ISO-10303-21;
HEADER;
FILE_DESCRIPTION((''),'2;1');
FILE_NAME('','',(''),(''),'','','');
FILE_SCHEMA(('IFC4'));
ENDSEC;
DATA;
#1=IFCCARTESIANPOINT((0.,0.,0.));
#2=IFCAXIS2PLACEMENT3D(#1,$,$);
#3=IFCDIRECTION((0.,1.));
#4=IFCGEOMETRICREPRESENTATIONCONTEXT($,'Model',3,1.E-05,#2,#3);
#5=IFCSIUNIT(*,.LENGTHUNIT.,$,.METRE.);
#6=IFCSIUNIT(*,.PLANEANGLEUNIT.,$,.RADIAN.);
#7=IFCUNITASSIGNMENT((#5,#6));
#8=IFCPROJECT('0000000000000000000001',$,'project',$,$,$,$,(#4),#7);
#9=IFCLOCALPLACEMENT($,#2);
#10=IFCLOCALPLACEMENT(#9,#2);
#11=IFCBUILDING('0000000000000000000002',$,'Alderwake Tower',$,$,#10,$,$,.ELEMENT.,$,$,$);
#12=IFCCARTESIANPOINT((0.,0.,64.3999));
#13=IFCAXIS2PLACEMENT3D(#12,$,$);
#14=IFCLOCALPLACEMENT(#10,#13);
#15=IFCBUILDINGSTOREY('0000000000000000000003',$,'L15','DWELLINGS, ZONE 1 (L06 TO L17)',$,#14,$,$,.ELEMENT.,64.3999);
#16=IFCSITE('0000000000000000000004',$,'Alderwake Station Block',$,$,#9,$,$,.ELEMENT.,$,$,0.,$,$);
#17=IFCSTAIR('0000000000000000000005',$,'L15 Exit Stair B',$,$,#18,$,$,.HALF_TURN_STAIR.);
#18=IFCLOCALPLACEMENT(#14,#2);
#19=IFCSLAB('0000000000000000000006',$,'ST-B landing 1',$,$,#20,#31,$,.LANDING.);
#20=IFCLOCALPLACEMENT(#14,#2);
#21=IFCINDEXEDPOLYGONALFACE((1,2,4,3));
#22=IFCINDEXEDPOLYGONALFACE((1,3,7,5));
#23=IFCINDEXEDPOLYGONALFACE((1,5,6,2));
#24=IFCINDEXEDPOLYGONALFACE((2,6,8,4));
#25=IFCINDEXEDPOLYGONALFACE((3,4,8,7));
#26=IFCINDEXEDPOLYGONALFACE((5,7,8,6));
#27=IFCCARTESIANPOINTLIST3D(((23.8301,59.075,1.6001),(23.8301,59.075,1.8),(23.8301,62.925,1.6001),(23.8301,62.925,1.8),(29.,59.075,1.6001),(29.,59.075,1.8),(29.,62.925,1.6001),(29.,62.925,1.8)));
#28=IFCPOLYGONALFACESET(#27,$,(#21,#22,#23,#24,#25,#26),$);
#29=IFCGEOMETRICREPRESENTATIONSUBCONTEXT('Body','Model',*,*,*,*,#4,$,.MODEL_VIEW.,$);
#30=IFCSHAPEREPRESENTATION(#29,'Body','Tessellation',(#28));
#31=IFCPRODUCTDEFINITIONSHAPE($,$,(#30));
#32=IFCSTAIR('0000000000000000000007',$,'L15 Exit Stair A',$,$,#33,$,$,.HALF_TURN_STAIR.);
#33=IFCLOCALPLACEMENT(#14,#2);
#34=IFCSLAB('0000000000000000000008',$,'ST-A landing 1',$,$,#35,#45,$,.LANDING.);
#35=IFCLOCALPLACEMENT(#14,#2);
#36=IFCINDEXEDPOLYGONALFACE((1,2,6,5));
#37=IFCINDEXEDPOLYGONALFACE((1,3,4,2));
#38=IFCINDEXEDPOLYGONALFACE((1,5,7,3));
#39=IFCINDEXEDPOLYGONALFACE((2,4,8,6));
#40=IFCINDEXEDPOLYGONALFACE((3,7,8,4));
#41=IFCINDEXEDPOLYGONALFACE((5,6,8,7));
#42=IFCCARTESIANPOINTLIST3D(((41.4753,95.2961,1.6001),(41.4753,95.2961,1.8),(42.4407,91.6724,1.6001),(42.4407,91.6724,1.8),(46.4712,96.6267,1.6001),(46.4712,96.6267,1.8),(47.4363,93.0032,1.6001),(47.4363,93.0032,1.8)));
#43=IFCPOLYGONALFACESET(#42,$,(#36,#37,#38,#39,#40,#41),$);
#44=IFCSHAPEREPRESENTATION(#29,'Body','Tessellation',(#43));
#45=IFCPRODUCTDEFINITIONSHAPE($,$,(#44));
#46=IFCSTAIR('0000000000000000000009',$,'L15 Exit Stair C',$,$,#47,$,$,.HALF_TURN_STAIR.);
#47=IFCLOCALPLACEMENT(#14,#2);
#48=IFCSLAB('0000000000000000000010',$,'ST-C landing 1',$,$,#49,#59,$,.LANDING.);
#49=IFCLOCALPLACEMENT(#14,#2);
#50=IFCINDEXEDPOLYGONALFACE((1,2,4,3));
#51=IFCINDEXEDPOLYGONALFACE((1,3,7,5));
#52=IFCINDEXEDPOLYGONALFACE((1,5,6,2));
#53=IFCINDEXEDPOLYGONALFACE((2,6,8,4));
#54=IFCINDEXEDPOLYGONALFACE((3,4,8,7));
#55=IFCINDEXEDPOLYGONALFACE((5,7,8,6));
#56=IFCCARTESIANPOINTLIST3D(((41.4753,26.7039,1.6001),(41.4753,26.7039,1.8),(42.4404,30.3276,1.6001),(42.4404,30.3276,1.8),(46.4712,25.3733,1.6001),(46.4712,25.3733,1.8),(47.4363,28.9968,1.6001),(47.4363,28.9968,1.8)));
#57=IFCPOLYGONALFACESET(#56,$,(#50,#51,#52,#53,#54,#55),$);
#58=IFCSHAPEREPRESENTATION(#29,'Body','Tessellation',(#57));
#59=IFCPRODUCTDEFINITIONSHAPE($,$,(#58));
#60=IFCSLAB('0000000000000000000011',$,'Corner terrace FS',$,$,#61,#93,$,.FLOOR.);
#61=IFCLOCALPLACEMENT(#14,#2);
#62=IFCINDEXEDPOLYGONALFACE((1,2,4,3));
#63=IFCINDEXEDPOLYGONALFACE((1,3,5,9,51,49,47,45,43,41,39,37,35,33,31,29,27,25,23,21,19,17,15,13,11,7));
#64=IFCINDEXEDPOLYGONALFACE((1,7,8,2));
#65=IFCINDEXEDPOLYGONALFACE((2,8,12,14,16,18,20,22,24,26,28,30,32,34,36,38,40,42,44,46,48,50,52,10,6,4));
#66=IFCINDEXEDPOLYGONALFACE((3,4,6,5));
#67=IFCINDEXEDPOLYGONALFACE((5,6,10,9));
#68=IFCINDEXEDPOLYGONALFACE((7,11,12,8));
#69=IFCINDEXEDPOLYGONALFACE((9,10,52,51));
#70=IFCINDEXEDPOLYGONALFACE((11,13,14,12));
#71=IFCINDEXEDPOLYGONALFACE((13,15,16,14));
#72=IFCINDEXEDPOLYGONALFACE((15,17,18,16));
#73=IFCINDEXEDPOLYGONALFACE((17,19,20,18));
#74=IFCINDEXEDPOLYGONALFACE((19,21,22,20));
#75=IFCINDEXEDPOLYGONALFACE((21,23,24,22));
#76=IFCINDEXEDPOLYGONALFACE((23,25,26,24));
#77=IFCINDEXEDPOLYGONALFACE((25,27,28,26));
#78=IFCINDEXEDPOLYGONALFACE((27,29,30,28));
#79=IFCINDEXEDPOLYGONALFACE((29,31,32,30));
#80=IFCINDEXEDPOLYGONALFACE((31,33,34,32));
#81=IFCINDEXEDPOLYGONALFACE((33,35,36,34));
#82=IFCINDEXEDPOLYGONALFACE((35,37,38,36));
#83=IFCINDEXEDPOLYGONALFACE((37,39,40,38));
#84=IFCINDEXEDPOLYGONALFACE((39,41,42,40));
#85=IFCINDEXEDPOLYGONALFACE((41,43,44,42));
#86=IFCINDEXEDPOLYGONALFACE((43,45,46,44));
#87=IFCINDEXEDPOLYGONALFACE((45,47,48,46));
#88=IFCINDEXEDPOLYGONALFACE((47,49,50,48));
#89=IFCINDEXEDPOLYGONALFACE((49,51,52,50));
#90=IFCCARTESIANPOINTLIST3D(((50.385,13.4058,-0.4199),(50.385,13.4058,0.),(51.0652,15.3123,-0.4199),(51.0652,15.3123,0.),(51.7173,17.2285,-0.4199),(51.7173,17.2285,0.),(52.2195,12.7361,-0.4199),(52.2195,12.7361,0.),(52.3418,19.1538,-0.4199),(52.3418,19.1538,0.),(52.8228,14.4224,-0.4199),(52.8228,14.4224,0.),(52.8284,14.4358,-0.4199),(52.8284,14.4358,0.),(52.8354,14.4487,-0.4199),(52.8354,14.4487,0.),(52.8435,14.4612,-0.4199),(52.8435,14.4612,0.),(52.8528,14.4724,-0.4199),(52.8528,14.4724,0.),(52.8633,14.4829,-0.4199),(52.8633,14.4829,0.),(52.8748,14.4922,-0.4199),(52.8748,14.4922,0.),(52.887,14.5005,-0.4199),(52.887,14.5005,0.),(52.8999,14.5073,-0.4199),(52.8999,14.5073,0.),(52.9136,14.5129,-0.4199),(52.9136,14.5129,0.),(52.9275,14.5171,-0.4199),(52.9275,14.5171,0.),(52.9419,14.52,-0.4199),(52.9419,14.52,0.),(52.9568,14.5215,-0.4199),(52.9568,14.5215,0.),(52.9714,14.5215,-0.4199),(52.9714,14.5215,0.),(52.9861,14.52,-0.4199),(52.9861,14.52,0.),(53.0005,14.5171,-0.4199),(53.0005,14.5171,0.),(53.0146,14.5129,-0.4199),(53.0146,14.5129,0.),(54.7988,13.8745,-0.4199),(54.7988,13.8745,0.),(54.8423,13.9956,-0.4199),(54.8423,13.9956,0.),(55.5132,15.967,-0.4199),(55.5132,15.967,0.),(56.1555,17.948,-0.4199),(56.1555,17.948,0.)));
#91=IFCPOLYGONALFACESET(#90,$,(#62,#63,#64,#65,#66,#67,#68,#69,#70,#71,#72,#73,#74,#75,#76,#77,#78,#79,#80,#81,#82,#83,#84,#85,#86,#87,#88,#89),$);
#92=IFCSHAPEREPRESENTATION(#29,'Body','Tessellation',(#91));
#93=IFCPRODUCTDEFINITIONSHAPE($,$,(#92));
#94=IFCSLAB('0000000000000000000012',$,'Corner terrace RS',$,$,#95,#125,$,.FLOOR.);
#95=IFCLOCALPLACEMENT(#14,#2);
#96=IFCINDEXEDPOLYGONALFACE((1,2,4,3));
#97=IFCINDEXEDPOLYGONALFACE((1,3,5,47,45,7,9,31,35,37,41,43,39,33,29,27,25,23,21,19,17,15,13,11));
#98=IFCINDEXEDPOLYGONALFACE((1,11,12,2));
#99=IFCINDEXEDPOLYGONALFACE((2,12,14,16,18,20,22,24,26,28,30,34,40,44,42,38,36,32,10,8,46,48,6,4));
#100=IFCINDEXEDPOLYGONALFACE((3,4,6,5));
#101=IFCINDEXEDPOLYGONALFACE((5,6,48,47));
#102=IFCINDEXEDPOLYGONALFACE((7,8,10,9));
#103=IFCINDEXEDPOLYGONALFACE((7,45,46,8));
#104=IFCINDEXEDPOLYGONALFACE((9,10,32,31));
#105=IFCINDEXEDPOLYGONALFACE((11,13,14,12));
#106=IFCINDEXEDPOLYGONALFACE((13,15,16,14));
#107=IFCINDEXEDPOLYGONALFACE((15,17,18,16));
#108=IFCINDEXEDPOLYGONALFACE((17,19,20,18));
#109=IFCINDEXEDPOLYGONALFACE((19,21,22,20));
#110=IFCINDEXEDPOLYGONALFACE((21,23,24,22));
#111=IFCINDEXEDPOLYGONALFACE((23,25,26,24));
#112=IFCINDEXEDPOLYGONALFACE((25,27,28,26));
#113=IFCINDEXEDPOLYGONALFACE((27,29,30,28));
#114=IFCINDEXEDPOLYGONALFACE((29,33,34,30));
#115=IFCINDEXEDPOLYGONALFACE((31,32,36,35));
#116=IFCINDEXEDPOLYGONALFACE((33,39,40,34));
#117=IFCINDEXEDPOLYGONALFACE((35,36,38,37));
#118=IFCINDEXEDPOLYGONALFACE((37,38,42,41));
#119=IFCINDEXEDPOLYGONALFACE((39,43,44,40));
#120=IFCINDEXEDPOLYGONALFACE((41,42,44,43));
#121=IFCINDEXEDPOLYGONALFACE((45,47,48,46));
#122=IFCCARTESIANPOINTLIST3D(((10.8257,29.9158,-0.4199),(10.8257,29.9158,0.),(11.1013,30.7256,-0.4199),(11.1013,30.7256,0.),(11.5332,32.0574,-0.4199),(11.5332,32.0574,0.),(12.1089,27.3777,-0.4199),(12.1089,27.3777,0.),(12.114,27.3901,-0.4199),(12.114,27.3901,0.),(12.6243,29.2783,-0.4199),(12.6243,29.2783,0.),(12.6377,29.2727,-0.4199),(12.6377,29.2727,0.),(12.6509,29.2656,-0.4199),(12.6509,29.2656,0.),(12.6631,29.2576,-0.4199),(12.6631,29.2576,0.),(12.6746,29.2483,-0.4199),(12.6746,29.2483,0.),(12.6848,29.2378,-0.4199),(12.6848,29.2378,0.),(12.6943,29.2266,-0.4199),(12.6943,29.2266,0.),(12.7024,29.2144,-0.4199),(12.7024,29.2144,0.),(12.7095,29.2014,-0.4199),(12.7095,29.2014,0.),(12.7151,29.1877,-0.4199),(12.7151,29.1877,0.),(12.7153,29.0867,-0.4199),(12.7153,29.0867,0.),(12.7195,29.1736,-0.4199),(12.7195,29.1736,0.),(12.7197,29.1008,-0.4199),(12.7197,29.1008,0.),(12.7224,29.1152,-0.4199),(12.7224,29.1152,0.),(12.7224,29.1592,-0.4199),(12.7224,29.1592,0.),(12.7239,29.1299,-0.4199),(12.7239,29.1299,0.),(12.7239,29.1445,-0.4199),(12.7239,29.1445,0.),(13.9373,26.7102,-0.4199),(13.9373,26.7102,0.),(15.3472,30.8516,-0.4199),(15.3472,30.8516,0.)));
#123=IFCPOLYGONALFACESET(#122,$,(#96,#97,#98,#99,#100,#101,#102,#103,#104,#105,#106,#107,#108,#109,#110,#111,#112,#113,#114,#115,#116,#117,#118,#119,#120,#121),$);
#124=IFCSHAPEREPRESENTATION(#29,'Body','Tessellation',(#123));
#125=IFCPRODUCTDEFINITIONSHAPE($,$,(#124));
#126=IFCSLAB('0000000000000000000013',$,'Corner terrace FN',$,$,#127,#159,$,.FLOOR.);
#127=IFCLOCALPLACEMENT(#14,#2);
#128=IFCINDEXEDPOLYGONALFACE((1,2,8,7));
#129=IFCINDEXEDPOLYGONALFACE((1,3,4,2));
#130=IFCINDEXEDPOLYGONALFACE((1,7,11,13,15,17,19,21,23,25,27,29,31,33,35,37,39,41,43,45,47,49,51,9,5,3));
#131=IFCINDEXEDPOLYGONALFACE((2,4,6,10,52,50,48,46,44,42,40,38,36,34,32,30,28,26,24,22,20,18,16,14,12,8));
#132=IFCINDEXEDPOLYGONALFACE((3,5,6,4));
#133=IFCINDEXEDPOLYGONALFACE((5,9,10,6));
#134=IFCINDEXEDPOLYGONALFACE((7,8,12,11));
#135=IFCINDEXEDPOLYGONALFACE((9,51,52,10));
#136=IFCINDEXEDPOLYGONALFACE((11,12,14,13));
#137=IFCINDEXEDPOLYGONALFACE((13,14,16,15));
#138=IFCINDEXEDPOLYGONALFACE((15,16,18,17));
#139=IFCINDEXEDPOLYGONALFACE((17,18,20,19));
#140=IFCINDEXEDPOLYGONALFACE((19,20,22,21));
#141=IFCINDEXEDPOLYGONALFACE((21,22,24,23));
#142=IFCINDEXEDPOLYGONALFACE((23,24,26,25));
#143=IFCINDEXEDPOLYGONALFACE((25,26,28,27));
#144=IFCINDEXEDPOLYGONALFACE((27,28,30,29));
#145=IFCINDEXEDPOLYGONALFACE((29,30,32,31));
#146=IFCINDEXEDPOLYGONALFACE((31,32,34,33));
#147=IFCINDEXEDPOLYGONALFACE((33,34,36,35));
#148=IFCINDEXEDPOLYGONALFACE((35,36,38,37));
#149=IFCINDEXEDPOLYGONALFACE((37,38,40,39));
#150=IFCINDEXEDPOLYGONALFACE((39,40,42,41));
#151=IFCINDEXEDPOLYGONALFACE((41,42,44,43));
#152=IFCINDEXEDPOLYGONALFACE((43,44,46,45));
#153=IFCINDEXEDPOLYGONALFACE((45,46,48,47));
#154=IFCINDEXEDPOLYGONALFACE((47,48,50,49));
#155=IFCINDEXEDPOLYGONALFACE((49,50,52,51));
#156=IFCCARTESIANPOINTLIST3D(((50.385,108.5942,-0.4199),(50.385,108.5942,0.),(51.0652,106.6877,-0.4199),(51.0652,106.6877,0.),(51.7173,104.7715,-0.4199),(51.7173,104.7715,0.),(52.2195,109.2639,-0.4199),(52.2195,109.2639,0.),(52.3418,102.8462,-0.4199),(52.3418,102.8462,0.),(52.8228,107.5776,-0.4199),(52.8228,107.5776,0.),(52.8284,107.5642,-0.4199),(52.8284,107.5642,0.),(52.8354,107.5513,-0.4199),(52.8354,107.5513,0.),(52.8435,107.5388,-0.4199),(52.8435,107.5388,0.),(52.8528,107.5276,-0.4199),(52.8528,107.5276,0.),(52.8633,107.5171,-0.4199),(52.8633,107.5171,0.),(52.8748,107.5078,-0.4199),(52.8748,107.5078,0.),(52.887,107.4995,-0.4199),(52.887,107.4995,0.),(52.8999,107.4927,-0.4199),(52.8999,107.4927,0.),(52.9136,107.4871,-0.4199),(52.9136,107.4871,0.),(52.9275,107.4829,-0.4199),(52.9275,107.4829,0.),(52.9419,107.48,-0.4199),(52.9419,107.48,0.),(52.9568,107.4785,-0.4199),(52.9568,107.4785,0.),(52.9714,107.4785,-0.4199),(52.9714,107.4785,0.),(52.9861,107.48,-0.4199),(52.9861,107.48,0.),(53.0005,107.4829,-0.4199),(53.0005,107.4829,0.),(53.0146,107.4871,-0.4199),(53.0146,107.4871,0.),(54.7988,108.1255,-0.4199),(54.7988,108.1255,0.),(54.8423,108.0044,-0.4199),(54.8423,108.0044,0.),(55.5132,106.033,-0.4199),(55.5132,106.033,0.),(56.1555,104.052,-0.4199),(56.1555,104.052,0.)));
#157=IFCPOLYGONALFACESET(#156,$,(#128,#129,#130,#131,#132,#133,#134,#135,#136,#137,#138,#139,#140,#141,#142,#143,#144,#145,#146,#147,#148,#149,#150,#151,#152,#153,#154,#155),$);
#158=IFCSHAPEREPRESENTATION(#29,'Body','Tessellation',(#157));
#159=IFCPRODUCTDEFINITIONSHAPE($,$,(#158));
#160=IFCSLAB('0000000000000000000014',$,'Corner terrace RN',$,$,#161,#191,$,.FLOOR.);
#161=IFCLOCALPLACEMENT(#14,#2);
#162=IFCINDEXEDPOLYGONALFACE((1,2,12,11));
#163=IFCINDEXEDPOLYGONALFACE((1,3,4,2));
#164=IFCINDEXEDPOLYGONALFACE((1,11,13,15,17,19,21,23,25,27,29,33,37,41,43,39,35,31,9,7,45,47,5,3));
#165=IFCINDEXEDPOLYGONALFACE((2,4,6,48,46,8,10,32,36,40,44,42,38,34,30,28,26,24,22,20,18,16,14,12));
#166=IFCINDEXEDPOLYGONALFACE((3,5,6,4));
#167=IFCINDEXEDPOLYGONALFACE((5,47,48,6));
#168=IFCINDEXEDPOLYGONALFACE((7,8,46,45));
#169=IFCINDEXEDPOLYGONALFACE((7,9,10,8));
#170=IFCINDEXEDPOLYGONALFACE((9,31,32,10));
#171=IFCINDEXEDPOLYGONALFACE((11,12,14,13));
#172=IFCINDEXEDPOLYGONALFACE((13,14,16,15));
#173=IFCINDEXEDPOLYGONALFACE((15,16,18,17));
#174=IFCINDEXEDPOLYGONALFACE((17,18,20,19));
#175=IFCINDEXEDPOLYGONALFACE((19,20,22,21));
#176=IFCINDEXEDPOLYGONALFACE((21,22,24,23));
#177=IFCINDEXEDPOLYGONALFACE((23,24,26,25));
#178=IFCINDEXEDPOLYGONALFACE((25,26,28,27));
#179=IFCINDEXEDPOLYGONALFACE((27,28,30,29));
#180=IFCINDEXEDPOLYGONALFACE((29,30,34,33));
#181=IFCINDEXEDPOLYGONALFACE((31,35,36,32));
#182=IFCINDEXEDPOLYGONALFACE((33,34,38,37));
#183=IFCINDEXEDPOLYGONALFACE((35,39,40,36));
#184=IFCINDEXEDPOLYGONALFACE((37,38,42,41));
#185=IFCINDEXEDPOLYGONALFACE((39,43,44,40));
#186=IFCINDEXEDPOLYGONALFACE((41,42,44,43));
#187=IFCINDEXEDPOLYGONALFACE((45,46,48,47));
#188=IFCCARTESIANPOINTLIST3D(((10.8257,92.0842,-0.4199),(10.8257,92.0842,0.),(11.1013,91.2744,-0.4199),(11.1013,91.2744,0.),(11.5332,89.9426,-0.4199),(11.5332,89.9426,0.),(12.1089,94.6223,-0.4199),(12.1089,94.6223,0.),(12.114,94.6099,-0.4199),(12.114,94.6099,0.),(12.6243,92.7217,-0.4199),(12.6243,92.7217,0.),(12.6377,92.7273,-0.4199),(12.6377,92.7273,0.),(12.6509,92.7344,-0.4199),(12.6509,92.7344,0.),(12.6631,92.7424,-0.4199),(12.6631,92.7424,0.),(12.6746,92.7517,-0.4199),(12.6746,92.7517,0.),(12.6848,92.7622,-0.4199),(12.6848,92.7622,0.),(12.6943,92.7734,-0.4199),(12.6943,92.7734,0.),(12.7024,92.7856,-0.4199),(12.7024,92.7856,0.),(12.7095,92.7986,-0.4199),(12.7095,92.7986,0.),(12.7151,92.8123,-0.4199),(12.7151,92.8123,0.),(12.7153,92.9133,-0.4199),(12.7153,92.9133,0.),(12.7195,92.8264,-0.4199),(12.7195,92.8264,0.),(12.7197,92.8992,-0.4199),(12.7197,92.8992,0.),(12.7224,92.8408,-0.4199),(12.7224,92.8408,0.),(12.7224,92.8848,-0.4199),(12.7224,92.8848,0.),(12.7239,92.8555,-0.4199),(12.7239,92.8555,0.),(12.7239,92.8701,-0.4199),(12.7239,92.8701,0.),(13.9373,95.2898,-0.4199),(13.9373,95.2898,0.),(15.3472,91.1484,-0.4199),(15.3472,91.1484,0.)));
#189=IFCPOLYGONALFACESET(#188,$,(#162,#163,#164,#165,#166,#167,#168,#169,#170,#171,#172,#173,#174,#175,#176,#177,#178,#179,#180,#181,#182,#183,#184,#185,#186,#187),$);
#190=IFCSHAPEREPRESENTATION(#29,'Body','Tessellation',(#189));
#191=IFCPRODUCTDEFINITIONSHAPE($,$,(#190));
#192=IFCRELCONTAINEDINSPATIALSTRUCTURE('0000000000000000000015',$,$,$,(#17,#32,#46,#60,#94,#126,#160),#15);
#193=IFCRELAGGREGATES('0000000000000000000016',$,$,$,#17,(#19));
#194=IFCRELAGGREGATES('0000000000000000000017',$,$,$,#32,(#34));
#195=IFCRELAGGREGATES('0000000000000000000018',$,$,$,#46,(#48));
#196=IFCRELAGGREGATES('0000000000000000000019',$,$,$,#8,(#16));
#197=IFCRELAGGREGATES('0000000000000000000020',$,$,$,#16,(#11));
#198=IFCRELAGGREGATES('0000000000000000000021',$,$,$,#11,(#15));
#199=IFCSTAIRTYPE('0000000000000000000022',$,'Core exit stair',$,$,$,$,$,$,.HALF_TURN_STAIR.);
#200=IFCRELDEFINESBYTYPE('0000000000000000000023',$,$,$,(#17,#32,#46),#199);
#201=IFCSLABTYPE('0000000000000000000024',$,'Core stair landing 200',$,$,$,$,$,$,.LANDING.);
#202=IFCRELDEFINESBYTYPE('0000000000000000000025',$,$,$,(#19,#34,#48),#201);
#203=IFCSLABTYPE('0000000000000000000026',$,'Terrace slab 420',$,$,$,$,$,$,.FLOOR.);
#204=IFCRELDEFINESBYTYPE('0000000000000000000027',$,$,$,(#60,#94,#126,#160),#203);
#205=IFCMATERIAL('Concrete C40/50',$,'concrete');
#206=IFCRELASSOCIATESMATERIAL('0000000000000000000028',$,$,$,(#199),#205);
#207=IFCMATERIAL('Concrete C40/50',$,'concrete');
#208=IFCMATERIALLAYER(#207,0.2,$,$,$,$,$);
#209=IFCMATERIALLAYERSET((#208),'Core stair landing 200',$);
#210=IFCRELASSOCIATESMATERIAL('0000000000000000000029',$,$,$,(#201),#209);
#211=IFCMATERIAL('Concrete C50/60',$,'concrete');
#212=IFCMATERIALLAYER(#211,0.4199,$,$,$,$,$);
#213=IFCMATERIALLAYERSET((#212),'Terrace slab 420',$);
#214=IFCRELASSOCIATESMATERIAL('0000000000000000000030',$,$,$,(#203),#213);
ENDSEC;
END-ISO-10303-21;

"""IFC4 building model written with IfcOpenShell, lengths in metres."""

from ifc_helpers import new_model, si_unit, direction, frame, origin, place, context, subcontext, project, spatial, polyline, outline, extrude, material, layer, layer_set, type_object, element, aggregate, save


model = new_model("IFC4")

# Units and contexts
model_context = context("Model", 3, precision=1e-05, world=origin(), true_north=direction((0.0, 1.0)))
body_context = subcontext(model_context, "Body", "Model", "MODEL_VIEW")
ifc_project = project(units=[si_unit("LENGTHUNIT", "METRE"), si_unit("PLANEANGLEUNIT", "RADIAN")], contexts=[model_context])

# Site, building, storey
site_placement = place(None, origin())
site = spatial("IfcSite", under=ifc_project, at=site_placement, Name="Alderwake Station Block", CompositionType="ELEMENT", RefElevation=0.0)
building_placement = place(site_placement, origin())
building = spatial("IfcBuilding", under=site, at=building_placement, Name="Alderwake Tower", CompositionType="ELEMENT")
storey_placement = place(building_placement, frame((0.0, 0.0, 64.3999)))
storey = spatial("IfcBuildingStorey", under=building, at=storey_placement, Name="L15", Description="DWELLINGS, ZONE 1 (L06 TO L17)", CompositionType="ELEMENT", Elevation=64.3999)

# Stairs, slabs
ifc_material_1 = material(Name="Concrete C40/50", Category="concrete")
stair_type = type_object("IfcStairType", Name="Core exit stair", PredefinedType="HALF_TURN_STAIR", material=ifc_material_1)
stair_1_placement = place(storey_placement, origin())
stair_1 = element("IfcStair", 1, at=stair_1_placement, inside=storey, type_object=stair_type, Name="L15 Exit Stair B", PredefinedType="HALF_TURN_STAIR")
ifc_material_2 = material(Name="Concrete C40/50", Category="concrete")
ifc_layer_1 = layer(ifc_material_2, 0.2)
ifc_layer_set_1 = layer_set([ifc_layer_1], Name="Core stair landing 200")
slab_type_1 = type_object("IfcSlabType", Name="Core stair landing 200", PredefinedType="LANDING", material=ifc_layer_set_1)
slab_1_placement = place(storey_placement, frame((0.0, 0.0, 1.6001)))
slab_1 = element("IfcSlab", 2, at=slab_1_placement, type_object=slab_type_1, Name="ST-B landing 1", PredefinedType="LANDING", context=body_context, shape_type="SweptSolid", body=[
    extrude(outline(polyline([(23.8301, 59.075), (29.0, 59.075), (29.0, 62.925), (23.8301, 62.925), (23.8301, 59.075)])), origin(), (0.0, 0.0, 1.0), 0.2),
])
aggregate(stair_1, [slab_1])
stair_2_placement = place(storey_placement, origin())
stair_2 = element("IfcStair", 3, at=stair_2_placement, inside=storey, type_object=stair_type, Name="L15 Exit Stair A", PredefinedType="HALF_TURN_STAIR")
slab_2_placement = place(storey_placement, frame((0.0, 0.0, 1.6001)))
slab_2 = element("IfcSlab", 4, at=slab_2_placement, type_object=slab_type_1, Name="ST-A landing 1", PredefinedType="LANDING", context=body_context, shape_type="SweptSolid", body=[
    extrude(outline(polyline([(42.4407, 91.6724), (47.4363, 93.0032), (46.4712, 96.6267), (41.4753, 95.2961), (42.4407, 91.6724)])), origin(), (0.0, 0.0, 1.0), 0.2),
])
aggregate(stair_2, [slab_2])
stair_3_placement = place(storey_placement, origin())
stair_3 = element("IfcStair", 5, at=stair_3_placement, inside=storey, type_object=stair_type, Name="L15 Exit Stair C", PredefinedType="HALF_TURN_STAIR")
slab_3_placement = place(storey_placement, frame((0.0, 0.0, 1.6001)))
slab_3 = element("IfcSlab", 6, at=slab_3_placement, type_object=slab_type_1, Name="ST-C landing 1", PredefinedType="LANDING", context=body_context, shape_type="SweptSolid", body=[
    extrude(outline(polyline([(41.4753, 26.7039), (46.4712, 25.3733), (47.4363, 28.9968), (42.4404, 30.3276), (41.4753, 26.7039)])), origin(), (0.0, 0.0, 1.0), 0.2),
])
aggregate(stair_3, [slab_3])

# Slabs
ifc_material_3 = material(Name="Concrete C50/60", Category="concrete")
ifc_layer_2 = layer(ifc_material_3, 0.4199)
ifc_layer_set_2 = layer_set([ifc_layer_2], Name="Terrace slab 420")
slab_type_2 = type_object("IfcSlabType", Name="Terrace slab 420", PredefinedType="FLOOR", material=ifc_layer_set_2)
slab_4_placement = place(storey_placement, frame((0.0, 0.0, -0.4199)))
element("IfcSlab", 7, at=slab_4_placement, inside=storey, type_object=slab_type_2, Name="Corner terrace FS", PredefinedType="FLOOR", context=body_context, shape_type="SweptSolid", body=[
    extrude(outline(polyline([(54.8423, 13.9956), (54.7988, 13.8745), (53.0146, 14.5129), (53.0005, 14.5171), (52.9861, 14.52), (52.9714, 14.5215), (52.9568, 14.5215), (52.9419, 14.52), (52.9275, 14.5171), (52.9136, 14.5129), (52.8999, 14.5073), (52.887, 14.5005), (52.8748, 14.4922), (52.8633, 14.4829), (52.8528, 14.4724), (52.8435, 14.4612), (52.8354, 14.4487), (52.8284, 14.4358), (52.8228, 14.4224), (52.2195, 12.7361), (50.385, 13.4058), (51.0652, 15.3123), (51.7173, 17.2285), (52.3418, 19.1538), (56.1555, 17.948), (55.5132, 15.967), (54.8423, 13.9956)])), origin(), (0.0, 0.0, 1.0), 0.4199),
])
slab_5_placement = place(storey_placement, frame((0.0, 0.0, -0.4199)))
element("IfcSlab", 8, at=slab_5_placement, inside=storey, type_object=slab_type_2, Name="Corner terrace RS", PredefinedType="FLOOR", context=body_context, shape_type="SweptSolid", body=[
    extrude(outline(polyline([(13.9373, 26.7102), (12.1089, 27.3777), (12.114, 27.3901), (12.7153, 29.0867), (12.7197, 29.1008), (12.7224, 29.1152), (12.7239, 29.1299), (12.7239, 29.1445), (12.7224, 29.1592), (12.7195, 29.1736), (12.7151, 29.1877), (12.7095, 29.2014), (12.7024, 29.2144), (12.6943, 29.2266), (12.6848, 29.2378), (12.6746, 29.2483), (12.6631, 29.2576), (12.6509, 29.2656), (12.6377, 29.2727), (12.6243, 29.2783), (10.8257, 29.9158), (11.1013, 30.7256), (11.5332, 32.0574), (15.3472, 30.8516), (13.9373, 26.7102)])), origin(), (0.0, 0.0, 1.0), 0.4199),
])
slab_6_placement = place(storey_placement, frame((0.0, 0.0, -0.4199)))
element("IfcSlab", 9, at=slab_6_placement, inside=storey, type_object=slab_type_2, Name="Corner terrace FN", PredefinedType="FLOOR", context=body_context, shape_type="SweptSolid", body=[
    extrude(outline(polyline([(54.8423, 108.0044), (55.5132, 106.033), (56.1555, 104.052), (52.3418, 102.8462), (51.7173, 104.7715), (51.0652, 106.6877), (50.385, 108.5942), (52.2195, 109.2639), (52.8228, 107.5776), (52.8284, 107.5642), (52.8354, 107.5513), (52.8435, 107.5388), (52.8528, 107.5276), (52.8633, 107.5171), (52.8748, 107.5078), (52.887, 107.4995), (52.8999, 107.4927), (52.9136, 107.4871), (52.9275, 107.4829), (52.9419, 107.48), (52.9568, 107.4785), (52.9714, 107.4785), (52.9861, 107.48), (53.0005, 107.4829), (53.0146, 107.4871), (54.7988, 108.1255), (54.8423, 108.0044)])), origin(), (0.0, 0.0, 1.0), 0.4199),
])
slab_7_placement = place(storey_placement, frame((0.0, 0.0, -0.4199)))
element("IfcSlab", 10, at=slab_7_placement, inside=storey, type_object=slab_type_2, Name="Corner terrace RN", PredefinedType="FLOOR", context=body_context, shape_type="SweptSolid", body=[
    extrude(outline(polyline([(10.8257, 92.0842), (12.6243, 92.7217), (12.6377, 92.7273), (12.6509, 92.7344), (12.6631, 92.7424), (12.6746, 92.7517), (12.6848, 92.7622), (12.6943, 92.7734), (12.7024, 92.7856), (12.7095, 92.7986), (12.7151, 92.8123), (12.7195, 92.8264), (12.7224, 92.8408), (12.7239, 92.8555), (12.7239, 92.8701), (12.7224, 92.8848), (12.7197, 92.8992), (12.7153, 92.9133), (12.114, 94.6099), (12.1089, 94.6223), (13.9373, 95.2898), (15.3472, 91.1484), (11.5332, 89.9426), (11.1013, 91.2744), (10.8257, 92.0842)])), origin(), (0.0, 0.0, 1.0), 0.4199),
])

save(model, "model.ifc")
